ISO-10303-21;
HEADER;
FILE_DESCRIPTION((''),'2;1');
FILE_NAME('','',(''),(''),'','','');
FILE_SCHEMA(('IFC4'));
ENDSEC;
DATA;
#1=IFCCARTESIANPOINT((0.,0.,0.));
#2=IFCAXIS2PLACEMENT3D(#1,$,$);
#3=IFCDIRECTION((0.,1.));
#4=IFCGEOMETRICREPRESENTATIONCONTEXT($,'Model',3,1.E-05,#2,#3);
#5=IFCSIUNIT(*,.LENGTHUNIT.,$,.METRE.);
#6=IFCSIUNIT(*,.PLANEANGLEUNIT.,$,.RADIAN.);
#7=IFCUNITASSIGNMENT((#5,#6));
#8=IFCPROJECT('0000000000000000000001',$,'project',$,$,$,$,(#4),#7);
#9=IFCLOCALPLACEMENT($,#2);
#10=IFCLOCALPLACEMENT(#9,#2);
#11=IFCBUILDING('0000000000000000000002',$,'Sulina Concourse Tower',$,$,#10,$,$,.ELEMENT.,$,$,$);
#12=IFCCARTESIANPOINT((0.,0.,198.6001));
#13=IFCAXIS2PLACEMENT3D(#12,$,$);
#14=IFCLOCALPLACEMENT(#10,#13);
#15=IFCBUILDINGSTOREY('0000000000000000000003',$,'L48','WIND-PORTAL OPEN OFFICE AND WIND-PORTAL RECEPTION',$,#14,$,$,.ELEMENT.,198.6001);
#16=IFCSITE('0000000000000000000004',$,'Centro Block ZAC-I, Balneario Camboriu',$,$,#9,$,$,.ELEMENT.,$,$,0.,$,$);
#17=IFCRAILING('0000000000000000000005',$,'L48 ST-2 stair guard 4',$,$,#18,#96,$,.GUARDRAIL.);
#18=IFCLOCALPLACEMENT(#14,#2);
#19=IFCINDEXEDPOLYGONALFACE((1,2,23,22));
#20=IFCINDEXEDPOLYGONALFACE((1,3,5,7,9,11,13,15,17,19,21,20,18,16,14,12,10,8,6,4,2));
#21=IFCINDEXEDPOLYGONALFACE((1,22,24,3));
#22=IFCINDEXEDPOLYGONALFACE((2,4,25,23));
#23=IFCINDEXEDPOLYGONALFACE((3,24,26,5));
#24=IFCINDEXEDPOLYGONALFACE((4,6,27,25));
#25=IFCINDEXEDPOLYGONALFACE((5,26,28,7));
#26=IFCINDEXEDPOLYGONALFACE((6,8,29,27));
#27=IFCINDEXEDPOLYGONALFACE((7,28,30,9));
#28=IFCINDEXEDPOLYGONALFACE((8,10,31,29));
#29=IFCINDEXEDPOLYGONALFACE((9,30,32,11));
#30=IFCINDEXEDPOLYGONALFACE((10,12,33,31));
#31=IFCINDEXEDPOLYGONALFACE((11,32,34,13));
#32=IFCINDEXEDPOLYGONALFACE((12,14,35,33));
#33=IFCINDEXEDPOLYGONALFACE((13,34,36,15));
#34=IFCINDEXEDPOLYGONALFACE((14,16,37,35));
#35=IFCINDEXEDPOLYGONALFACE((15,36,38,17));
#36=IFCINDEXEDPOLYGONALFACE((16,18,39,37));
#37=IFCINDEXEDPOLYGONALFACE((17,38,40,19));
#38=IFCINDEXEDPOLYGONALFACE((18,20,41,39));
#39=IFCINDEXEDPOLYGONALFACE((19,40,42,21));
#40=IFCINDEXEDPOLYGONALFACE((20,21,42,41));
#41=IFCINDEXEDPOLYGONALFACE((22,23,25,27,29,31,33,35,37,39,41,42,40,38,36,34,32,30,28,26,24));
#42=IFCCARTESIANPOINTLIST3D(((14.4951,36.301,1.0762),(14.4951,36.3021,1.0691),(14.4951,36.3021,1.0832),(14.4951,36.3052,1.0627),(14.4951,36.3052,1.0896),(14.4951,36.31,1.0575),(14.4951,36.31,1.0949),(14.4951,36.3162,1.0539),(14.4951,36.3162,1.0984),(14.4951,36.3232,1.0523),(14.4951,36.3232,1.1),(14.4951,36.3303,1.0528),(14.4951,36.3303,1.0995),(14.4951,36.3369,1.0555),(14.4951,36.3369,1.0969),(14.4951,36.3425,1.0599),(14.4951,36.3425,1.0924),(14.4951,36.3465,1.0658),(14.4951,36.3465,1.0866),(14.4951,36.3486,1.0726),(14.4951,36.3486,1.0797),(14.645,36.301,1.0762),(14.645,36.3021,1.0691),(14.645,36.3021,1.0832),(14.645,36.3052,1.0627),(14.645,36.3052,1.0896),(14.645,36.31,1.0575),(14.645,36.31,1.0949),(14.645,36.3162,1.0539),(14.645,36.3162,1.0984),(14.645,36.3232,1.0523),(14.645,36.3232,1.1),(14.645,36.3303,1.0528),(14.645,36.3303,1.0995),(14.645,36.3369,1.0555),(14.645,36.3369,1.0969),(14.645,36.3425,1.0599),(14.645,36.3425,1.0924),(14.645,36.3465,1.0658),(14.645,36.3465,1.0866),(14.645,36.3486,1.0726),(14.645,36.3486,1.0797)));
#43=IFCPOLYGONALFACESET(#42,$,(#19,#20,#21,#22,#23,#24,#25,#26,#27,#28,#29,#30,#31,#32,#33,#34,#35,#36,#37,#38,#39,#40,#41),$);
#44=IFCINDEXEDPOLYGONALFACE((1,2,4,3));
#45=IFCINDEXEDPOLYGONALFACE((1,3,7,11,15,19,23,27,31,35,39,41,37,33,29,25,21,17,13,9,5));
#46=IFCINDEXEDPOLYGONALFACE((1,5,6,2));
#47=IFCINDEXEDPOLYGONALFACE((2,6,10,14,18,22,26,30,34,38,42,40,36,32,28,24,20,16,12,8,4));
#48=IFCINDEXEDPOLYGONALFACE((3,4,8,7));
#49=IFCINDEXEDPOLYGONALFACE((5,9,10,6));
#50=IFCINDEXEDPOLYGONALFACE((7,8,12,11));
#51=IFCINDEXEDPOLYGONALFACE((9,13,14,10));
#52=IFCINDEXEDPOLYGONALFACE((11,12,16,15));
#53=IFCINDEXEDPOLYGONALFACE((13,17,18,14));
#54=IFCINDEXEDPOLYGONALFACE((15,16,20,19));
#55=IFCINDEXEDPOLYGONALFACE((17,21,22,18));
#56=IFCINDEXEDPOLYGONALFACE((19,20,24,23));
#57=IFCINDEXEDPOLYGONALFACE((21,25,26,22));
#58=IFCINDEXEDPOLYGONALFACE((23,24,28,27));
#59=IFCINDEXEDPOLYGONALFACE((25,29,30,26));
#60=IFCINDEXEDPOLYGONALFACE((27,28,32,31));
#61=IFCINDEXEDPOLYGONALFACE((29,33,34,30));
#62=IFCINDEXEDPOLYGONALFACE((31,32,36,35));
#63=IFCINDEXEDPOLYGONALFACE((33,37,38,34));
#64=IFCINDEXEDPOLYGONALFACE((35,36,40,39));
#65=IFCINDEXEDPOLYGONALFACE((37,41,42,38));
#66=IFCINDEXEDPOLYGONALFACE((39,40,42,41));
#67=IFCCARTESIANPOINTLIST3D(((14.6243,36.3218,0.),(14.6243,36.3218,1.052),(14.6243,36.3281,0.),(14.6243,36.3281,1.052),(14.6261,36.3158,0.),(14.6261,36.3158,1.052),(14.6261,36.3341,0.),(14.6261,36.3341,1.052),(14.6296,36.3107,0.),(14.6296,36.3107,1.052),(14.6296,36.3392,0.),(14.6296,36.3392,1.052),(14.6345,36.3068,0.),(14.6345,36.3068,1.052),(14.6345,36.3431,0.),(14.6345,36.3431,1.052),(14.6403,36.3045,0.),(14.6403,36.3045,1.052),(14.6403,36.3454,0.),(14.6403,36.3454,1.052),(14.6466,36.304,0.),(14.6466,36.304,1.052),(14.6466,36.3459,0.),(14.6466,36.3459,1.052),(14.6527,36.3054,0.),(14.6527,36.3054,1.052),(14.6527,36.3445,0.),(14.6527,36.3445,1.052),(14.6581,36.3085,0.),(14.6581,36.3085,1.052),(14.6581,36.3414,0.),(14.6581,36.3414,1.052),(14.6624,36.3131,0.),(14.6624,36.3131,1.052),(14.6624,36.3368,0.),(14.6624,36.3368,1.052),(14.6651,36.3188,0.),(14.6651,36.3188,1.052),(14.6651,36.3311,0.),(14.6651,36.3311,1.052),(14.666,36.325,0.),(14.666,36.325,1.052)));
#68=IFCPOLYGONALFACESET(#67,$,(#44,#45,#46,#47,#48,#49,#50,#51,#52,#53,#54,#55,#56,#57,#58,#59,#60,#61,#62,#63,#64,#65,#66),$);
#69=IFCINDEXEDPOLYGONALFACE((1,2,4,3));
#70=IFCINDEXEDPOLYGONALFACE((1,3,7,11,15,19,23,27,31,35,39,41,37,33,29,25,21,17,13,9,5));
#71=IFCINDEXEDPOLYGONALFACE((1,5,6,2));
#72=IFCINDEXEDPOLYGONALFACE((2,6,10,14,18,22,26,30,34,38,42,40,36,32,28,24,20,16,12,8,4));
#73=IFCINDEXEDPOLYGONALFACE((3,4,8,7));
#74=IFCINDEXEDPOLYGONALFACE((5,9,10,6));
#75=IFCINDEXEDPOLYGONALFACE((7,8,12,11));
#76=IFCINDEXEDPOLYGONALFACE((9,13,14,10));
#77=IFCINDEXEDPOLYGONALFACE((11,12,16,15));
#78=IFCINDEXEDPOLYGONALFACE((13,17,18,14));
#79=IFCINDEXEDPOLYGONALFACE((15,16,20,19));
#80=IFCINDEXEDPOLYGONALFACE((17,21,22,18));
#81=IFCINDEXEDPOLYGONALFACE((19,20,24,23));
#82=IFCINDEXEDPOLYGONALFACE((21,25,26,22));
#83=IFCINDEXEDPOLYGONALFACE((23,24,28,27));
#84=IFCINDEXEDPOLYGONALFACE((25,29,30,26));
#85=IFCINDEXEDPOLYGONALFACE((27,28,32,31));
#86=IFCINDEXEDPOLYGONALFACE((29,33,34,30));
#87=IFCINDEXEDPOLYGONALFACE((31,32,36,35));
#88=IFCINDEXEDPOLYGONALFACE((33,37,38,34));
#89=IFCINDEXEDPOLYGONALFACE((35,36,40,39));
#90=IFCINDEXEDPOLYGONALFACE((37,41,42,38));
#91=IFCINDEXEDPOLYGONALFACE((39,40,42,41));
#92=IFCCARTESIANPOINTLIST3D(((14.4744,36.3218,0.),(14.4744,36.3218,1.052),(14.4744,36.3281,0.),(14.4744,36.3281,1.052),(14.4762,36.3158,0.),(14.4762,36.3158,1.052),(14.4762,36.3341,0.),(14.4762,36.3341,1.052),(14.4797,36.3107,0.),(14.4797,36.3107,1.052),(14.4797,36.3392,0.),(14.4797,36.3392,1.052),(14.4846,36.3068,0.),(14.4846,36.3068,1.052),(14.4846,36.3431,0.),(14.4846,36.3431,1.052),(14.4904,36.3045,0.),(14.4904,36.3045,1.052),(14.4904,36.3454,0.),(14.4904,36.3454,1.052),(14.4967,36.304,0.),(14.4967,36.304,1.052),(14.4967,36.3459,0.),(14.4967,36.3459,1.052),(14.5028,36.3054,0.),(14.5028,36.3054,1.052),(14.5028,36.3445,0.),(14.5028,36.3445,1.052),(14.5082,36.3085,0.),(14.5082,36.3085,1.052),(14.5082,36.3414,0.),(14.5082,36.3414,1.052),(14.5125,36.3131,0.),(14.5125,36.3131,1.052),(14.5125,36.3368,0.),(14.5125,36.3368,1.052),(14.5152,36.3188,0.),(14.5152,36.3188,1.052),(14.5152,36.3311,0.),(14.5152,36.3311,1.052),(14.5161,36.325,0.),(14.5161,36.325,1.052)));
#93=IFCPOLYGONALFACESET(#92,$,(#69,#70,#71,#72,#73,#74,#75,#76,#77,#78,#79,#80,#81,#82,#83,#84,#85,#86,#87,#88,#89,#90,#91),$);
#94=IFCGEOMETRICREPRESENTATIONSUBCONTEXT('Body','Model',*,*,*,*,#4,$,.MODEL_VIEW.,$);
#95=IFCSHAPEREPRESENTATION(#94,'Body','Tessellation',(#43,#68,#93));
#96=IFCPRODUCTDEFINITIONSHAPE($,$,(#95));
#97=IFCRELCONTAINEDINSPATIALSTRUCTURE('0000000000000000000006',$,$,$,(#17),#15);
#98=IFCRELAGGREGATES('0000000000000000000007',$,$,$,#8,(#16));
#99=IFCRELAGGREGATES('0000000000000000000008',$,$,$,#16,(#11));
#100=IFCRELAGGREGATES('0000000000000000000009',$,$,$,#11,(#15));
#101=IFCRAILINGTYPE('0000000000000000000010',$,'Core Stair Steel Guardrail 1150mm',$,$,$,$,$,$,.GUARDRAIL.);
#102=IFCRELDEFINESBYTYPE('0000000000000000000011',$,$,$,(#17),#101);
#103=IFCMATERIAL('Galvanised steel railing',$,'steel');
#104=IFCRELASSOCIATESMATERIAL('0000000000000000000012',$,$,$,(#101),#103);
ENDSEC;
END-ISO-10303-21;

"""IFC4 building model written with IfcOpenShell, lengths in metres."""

from ifc_helpers import new_model, si_unit, direction, frame, origin, origin_2d, place, context, subcontext, project, spatial, circle, extrude, material, type_object, element, save


model = new_model("IFC4")

# Units and contexts
model_context = context("Model", 3, precision=1e-05, world=origin(), true_north=direction((0.0, 1.0)))
body_context = subcontext(model_context, "Body", "Model", "MODEL_VIEW")
ifc_project = project(units=[si_unit("LENGTHUNIT", "METRE"), si_unit("PLANEANGLEUNIT", "RADIAN")], contexts=[model_context])

# Site, building, storey
site_placement = place(None, origin())
site = spatial("IfcSite", under=ifc_project, at=site_placement, Name="Centro Block ZAC-I, Balneario Camboriu", CompositionType="ELEMENT", RefElevation=0.0)
building_placement = place(site_placement, origin())
building = spatial("IfcBuilding", under=site, at=building_placement, Name="Sulina Concourse Tower", CompositionType="ELEMENT")
storey_placement = place(building_placement, frame((0.0, 0.0, 198.6001)))
storey = spatial("IfcBuildingStorey", under=building, at=storey_placement, Name="L48", Description="WIND-PORTAL OPEN OFFICE AND WIND-PORTAL RECEPTION", CompositionType="ELEMENT", Elevation=198.6001)

# Railing
ifc_material_1 = material(Name="Galvanised steel railing", Category="steel")
railing_type_1 = type_object("IfcRailingType", Name="Core Stair Steel Guardrail 1150mm", PredefinedType="GUARDRAIL", material=ifc_material_1)
railing_1_placement = place(storey_placement, frame((14.645, 36.325, 0.0)))
element("IfcRailing", 1, at=railing_1_placement, inside=storey, type_object=railing_type_1, Name="L48 ST-2 stair guard 4", PredefinedType="GUARDRAIL", context=body_context, shape_type="SweptSolid", body=[
    extrude(circle(Radius=0.0239, at=origin_2d()), frame((0.0, 0.0, 1.0762), z_axis=(-1.0, 0.0, 0.0), x_axis=(0.0, -1.0, 0.0)), (0.0, 0.0, 1.0), 0.1499),
    extrude(circle(Radius=0.021, at=origin_2d()), origin(), (0.0, 0.0, 1.0), 1.052),
    extrude(circle(Radius=0.021, at=origin_2d()), frame((-0.1499, 0.0, 0.0)), (0.0, 0.0, 1.0), 1.052),
])

save(model, "model.ifc")
